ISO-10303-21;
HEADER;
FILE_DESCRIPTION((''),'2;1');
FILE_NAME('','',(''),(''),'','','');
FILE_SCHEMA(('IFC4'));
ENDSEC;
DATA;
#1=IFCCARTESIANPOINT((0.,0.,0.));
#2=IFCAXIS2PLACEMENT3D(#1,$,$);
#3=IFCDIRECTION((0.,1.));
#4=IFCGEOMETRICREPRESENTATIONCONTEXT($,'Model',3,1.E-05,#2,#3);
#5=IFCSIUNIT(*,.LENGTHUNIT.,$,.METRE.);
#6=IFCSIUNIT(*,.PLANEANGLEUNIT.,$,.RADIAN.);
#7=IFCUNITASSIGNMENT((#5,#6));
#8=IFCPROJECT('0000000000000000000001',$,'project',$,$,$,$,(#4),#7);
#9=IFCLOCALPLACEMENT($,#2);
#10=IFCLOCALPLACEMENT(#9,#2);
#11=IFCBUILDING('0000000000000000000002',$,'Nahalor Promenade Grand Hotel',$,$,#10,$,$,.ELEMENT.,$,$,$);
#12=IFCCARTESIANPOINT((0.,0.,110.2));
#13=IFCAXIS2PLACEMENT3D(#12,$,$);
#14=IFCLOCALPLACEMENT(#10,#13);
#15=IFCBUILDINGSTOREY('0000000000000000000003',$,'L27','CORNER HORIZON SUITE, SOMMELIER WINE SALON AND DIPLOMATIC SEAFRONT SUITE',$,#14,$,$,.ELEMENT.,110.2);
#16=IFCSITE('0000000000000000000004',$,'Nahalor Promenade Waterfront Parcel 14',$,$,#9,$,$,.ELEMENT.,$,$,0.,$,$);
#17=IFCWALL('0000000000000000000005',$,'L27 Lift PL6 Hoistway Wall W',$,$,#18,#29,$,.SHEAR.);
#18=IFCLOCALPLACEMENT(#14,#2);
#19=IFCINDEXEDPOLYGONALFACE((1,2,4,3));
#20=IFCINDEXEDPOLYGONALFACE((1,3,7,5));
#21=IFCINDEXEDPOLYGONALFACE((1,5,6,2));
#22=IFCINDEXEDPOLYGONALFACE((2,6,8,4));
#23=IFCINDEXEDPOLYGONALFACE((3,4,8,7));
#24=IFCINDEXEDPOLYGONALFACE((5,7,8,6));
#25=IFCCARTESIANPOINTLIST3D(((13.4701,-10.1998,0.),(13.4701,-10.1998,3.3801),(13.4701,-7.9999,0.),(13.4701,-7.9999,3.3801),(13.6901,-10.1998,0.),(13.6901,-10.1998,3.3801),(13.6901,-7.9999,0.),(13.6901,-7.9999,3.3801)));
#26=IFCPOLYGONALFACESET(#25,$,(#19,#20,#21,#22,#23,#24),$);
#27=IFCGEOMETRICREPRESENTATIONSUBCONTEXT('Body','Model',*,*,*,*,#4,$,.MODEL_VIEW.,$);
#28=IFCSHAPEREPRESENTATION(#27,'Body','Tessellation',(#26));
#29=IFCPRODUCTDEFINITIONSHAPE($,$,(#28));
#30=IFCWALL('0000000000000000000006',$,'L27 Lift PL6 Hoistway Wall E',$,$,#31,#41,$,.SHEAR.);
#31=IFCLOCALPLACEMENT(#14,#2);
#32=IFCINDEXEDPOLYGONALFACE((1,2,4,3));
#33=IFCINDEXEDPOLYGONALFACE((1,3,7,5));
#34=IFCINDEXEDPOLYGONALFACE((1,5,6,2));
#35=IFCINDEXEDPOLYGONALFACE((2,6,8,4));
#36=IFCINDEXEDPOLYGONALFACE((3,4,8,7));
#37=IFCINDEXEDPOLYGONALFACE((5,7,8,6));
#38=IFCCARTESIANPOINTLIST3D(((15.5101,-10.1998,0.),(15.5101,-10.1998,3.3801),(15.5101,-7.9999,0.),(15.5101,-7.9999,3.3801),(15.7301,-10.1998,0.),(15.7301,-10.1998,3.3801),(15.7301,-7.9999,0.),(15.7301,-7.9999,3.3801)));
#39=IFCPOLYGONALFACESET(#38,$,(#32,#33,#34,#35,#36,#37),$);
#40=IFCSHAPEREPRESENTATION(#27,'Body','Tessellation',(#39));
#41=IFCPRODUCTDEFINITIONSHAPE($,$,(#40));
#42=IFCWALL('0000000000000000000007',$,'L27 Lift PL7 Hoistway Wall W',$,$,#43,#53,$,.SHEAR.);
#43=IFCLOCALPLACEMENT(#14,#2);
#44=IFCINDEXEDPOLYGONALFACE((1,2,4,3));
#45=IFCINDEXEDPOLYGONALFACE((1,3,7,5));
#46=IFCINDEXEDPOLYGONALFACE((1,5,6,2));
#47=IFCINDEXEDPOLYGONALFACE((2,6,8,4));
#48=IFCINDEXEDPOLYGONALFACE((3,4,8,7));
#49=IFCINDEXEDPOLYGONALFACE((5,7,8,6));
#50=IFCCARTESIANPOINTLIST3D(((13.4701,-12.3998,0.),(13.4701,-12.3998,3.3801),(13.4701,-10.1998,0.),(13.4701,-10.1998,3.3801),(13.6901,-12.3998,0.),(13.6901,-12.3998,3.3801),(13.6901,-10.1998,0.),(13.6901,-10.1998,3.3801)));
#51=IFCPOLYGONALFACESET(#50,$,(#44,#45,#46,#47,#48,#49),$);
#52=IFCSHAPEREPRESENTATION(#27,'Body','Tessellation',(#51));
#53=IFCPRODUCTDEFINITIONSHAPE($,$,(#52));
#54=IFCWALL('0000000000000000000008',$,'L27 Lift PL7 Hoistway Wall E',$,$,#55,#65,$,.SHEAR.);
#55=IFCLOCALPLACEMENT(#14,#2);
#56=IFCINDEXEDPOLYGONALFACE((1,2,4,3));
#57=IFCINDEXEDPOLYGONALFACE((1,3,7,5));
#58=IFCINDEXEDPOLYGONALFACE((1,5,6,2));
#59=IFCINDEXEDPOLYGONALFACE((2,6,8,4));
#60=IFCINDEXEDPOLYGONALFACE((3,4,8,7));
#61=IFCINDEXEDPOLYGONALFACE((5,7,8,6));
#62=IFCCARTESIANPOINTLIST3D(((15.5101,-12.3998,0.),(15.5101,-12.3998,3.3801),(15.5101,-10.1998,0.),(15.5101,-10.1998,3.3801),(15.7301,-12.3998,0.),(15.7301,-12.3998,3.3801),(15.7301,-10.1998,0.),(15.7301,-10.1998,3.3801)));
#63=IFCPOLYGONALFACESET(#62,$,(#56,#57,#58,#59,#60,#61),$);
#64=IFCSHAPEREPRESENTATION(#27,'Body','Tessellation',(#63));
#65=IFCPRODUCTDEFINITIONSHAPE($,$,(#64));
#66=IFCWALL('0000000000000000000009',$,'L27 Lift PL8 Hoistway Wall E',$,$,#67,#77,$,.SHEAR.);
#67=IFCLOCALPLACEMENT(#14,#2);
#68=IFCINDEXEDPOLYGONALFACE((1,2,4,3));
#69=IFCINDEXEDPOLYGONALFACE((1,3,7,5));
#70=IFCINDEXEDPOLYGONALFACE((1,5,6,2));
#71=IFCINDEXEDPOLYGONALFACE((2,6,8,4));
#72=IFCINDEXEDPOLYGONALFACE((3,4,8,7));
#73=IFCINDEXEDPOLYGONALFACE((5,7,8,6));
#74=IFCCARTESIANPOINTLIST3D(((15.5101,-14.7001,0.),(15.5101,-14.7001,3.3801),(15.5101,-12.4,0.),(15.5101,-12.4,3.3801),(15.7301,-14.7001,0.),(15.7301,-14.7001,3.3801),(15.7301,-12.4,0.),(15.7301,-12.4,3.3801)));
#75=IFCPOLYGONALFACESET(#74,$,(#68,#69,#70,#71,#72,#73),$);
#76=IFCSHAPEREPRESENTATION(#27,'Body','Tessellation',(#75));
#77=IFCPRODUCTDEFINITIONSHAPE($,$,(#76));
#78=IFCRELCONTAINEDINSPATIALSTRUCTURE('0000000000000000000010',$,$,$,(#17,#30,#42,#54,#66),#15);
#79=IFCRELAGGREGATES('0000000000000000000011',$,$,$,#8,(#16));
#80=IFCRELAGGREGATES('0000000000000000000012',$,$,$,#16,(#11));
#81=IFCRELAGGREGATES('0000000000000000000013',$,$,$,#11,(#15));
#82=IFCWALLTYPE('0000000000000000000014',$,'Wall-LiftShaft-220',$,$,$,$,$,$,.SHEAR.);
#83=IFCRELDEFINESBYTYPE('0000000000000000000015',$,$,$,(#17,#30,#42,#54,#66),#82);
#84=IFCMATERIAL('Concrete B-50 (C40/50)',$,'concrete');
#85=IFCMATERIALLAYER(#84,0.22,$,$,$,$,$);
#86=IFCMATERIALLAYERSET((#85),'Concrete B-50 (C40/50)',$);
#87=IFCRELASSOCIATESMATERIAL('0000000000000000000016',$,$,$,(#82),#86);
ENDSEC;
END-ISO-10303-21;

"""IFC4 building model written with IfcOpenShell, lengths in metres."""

from ifc_helpers import new_model, si_unit, direction, frame, frame_2d, origin, place, context, subcontext, project, spatial, rectangle, extrude, source, transform, mapped, material, layer, layer_set, type_object, element, save


model = new_model("IFC4")

# Units and contexts
model_context = context("Model", 3, precision=1e-05, world=origin(), true_north=direction((0.0, 1.0)))
body_context = subcontext(model_context, "Body", "Model", "MODEL_VIEW")
ifc_project = project(units=[si_unit("LENGTHUNIT", "METRE"), si_unit("PLANEANGLEUNIT", "RADIAN")], contexts=[model_context])

# Site, building, storey
site_placement = place(None, origin())
site = spatial("IfcSite", under=ifc_project, at=site_placement, Name="Nahalor Promenade Waterfront Parcel 14", CompositionType="ELEMENT", RefElevation=0.0)
building_placement = place(site_placement, origin())
building = spatial("IfcBuilding", under=site, at=building_placement, Name="Nahalor Promenade Grand Hotel", CompositionType="ELEMENT")
storey_placement = place(building_placement, frame((0.0, 0.0, 110.2)))
storey = spatial("IfcBuildingStorey", under=building, at=storey_placement, Name="L27", Description="CORNER HORIZON SUITE, SOMMELIER WINE SALON AND DIPLOMATIC SEAFRONT SUITE", CompositionType="ELEMENT", Elevation=110.2)

# Walls
ifc_material_1 = material(Name="Concrete B-50 (C40/50)", Category="concrete")
ifc_layer_1 = layer(ifc_material_1, 0.22)
ifc_layer_set_1 = layer_set([ifc_layer_1], Name="Concrete B-50 (C40/50)")
wall_type_1 = type_object("IfcWallType", Name="Wall-LiftShaft-220", PredefinedType="SHEAR", material=ifc_layer_set_1)
shared_shape_1 = source(origin(), body_context, "Body", "SweptSolid", [
    extrude(rectangle(XDim=2.2, YDim=0.22, at=frame_2d((1.1001, 0.0))), origin(), (0.0, 0.0, 1.0), 3.3801),
])
for number, where, z_axis, x_axis, name in (
    (1, (13.5801, -10.2, 0.0), (0.0, 0.0, 1.0), (0.0, 1.0, 0.0), "L27 Lift PL6 Hoistway Wall W"),
    (2, (15.6201, -10.2, 0.0), (0.0, 0.0, 1.0), (0.0, 1.0, 0.0), "L27 Lift PL6 Hoistway Wall E"),
    (3, (13.5801, -12.3999, 0.0), (0.0, 0.0, 1.0), (0.0, 1.0, 0.0), "L27 Lift PL7 Hoistway Wall W"),
    (4, (15.6201, -12.3999, 0.0), (0.0, 0.0, 1.0), (0.0, 1.0, 0.0), "L27 Lift PL7 Hoistway Wall E"),
):
    element("IfcWall", number, at=place(storey_placement, frame(where, z_axis=z_axis, x_axis=x_axis)), inside=storey, type_object=wall_type_1, Name=name, PredefinedType="SHEAR", context=body_context, shape_type="MappedRepresentation", body=[
        mapped(shared_shape_1, transform((0.0, 0.0, 0.0), scale=1.0)),
    ])
shared_shape_2 = source(origin(), body_context, "Body", "SweptSolid", [
    extrude(rectangle(XDim=2.3, YDim=0.22, at=frame_2d((1.1499, 0.0))), origin(), (0.0, 0.0, 1.0), 3.3801),
])
wall_1_placement = place(storey_placement, frame((15.6201, -14.7, 0.0), z_axis=(0.0, 0.0, 1.0), x_axis=(0.0, 1.0, 0.0)))
element("IfcWall", 5, at=wall_1_placement, inside=storey, type_object=wall_type_1, Name="L27 Lift PL8 Hoistway Wall E", PredefinedType="SHEAR", context=body_context, shape_type="MappedRepresentation", body=[
    mapped(shared_shape_2, transform((0.0, 0.0, 0.0), scale=1.0)),
])

save(model, "model.ifc")
